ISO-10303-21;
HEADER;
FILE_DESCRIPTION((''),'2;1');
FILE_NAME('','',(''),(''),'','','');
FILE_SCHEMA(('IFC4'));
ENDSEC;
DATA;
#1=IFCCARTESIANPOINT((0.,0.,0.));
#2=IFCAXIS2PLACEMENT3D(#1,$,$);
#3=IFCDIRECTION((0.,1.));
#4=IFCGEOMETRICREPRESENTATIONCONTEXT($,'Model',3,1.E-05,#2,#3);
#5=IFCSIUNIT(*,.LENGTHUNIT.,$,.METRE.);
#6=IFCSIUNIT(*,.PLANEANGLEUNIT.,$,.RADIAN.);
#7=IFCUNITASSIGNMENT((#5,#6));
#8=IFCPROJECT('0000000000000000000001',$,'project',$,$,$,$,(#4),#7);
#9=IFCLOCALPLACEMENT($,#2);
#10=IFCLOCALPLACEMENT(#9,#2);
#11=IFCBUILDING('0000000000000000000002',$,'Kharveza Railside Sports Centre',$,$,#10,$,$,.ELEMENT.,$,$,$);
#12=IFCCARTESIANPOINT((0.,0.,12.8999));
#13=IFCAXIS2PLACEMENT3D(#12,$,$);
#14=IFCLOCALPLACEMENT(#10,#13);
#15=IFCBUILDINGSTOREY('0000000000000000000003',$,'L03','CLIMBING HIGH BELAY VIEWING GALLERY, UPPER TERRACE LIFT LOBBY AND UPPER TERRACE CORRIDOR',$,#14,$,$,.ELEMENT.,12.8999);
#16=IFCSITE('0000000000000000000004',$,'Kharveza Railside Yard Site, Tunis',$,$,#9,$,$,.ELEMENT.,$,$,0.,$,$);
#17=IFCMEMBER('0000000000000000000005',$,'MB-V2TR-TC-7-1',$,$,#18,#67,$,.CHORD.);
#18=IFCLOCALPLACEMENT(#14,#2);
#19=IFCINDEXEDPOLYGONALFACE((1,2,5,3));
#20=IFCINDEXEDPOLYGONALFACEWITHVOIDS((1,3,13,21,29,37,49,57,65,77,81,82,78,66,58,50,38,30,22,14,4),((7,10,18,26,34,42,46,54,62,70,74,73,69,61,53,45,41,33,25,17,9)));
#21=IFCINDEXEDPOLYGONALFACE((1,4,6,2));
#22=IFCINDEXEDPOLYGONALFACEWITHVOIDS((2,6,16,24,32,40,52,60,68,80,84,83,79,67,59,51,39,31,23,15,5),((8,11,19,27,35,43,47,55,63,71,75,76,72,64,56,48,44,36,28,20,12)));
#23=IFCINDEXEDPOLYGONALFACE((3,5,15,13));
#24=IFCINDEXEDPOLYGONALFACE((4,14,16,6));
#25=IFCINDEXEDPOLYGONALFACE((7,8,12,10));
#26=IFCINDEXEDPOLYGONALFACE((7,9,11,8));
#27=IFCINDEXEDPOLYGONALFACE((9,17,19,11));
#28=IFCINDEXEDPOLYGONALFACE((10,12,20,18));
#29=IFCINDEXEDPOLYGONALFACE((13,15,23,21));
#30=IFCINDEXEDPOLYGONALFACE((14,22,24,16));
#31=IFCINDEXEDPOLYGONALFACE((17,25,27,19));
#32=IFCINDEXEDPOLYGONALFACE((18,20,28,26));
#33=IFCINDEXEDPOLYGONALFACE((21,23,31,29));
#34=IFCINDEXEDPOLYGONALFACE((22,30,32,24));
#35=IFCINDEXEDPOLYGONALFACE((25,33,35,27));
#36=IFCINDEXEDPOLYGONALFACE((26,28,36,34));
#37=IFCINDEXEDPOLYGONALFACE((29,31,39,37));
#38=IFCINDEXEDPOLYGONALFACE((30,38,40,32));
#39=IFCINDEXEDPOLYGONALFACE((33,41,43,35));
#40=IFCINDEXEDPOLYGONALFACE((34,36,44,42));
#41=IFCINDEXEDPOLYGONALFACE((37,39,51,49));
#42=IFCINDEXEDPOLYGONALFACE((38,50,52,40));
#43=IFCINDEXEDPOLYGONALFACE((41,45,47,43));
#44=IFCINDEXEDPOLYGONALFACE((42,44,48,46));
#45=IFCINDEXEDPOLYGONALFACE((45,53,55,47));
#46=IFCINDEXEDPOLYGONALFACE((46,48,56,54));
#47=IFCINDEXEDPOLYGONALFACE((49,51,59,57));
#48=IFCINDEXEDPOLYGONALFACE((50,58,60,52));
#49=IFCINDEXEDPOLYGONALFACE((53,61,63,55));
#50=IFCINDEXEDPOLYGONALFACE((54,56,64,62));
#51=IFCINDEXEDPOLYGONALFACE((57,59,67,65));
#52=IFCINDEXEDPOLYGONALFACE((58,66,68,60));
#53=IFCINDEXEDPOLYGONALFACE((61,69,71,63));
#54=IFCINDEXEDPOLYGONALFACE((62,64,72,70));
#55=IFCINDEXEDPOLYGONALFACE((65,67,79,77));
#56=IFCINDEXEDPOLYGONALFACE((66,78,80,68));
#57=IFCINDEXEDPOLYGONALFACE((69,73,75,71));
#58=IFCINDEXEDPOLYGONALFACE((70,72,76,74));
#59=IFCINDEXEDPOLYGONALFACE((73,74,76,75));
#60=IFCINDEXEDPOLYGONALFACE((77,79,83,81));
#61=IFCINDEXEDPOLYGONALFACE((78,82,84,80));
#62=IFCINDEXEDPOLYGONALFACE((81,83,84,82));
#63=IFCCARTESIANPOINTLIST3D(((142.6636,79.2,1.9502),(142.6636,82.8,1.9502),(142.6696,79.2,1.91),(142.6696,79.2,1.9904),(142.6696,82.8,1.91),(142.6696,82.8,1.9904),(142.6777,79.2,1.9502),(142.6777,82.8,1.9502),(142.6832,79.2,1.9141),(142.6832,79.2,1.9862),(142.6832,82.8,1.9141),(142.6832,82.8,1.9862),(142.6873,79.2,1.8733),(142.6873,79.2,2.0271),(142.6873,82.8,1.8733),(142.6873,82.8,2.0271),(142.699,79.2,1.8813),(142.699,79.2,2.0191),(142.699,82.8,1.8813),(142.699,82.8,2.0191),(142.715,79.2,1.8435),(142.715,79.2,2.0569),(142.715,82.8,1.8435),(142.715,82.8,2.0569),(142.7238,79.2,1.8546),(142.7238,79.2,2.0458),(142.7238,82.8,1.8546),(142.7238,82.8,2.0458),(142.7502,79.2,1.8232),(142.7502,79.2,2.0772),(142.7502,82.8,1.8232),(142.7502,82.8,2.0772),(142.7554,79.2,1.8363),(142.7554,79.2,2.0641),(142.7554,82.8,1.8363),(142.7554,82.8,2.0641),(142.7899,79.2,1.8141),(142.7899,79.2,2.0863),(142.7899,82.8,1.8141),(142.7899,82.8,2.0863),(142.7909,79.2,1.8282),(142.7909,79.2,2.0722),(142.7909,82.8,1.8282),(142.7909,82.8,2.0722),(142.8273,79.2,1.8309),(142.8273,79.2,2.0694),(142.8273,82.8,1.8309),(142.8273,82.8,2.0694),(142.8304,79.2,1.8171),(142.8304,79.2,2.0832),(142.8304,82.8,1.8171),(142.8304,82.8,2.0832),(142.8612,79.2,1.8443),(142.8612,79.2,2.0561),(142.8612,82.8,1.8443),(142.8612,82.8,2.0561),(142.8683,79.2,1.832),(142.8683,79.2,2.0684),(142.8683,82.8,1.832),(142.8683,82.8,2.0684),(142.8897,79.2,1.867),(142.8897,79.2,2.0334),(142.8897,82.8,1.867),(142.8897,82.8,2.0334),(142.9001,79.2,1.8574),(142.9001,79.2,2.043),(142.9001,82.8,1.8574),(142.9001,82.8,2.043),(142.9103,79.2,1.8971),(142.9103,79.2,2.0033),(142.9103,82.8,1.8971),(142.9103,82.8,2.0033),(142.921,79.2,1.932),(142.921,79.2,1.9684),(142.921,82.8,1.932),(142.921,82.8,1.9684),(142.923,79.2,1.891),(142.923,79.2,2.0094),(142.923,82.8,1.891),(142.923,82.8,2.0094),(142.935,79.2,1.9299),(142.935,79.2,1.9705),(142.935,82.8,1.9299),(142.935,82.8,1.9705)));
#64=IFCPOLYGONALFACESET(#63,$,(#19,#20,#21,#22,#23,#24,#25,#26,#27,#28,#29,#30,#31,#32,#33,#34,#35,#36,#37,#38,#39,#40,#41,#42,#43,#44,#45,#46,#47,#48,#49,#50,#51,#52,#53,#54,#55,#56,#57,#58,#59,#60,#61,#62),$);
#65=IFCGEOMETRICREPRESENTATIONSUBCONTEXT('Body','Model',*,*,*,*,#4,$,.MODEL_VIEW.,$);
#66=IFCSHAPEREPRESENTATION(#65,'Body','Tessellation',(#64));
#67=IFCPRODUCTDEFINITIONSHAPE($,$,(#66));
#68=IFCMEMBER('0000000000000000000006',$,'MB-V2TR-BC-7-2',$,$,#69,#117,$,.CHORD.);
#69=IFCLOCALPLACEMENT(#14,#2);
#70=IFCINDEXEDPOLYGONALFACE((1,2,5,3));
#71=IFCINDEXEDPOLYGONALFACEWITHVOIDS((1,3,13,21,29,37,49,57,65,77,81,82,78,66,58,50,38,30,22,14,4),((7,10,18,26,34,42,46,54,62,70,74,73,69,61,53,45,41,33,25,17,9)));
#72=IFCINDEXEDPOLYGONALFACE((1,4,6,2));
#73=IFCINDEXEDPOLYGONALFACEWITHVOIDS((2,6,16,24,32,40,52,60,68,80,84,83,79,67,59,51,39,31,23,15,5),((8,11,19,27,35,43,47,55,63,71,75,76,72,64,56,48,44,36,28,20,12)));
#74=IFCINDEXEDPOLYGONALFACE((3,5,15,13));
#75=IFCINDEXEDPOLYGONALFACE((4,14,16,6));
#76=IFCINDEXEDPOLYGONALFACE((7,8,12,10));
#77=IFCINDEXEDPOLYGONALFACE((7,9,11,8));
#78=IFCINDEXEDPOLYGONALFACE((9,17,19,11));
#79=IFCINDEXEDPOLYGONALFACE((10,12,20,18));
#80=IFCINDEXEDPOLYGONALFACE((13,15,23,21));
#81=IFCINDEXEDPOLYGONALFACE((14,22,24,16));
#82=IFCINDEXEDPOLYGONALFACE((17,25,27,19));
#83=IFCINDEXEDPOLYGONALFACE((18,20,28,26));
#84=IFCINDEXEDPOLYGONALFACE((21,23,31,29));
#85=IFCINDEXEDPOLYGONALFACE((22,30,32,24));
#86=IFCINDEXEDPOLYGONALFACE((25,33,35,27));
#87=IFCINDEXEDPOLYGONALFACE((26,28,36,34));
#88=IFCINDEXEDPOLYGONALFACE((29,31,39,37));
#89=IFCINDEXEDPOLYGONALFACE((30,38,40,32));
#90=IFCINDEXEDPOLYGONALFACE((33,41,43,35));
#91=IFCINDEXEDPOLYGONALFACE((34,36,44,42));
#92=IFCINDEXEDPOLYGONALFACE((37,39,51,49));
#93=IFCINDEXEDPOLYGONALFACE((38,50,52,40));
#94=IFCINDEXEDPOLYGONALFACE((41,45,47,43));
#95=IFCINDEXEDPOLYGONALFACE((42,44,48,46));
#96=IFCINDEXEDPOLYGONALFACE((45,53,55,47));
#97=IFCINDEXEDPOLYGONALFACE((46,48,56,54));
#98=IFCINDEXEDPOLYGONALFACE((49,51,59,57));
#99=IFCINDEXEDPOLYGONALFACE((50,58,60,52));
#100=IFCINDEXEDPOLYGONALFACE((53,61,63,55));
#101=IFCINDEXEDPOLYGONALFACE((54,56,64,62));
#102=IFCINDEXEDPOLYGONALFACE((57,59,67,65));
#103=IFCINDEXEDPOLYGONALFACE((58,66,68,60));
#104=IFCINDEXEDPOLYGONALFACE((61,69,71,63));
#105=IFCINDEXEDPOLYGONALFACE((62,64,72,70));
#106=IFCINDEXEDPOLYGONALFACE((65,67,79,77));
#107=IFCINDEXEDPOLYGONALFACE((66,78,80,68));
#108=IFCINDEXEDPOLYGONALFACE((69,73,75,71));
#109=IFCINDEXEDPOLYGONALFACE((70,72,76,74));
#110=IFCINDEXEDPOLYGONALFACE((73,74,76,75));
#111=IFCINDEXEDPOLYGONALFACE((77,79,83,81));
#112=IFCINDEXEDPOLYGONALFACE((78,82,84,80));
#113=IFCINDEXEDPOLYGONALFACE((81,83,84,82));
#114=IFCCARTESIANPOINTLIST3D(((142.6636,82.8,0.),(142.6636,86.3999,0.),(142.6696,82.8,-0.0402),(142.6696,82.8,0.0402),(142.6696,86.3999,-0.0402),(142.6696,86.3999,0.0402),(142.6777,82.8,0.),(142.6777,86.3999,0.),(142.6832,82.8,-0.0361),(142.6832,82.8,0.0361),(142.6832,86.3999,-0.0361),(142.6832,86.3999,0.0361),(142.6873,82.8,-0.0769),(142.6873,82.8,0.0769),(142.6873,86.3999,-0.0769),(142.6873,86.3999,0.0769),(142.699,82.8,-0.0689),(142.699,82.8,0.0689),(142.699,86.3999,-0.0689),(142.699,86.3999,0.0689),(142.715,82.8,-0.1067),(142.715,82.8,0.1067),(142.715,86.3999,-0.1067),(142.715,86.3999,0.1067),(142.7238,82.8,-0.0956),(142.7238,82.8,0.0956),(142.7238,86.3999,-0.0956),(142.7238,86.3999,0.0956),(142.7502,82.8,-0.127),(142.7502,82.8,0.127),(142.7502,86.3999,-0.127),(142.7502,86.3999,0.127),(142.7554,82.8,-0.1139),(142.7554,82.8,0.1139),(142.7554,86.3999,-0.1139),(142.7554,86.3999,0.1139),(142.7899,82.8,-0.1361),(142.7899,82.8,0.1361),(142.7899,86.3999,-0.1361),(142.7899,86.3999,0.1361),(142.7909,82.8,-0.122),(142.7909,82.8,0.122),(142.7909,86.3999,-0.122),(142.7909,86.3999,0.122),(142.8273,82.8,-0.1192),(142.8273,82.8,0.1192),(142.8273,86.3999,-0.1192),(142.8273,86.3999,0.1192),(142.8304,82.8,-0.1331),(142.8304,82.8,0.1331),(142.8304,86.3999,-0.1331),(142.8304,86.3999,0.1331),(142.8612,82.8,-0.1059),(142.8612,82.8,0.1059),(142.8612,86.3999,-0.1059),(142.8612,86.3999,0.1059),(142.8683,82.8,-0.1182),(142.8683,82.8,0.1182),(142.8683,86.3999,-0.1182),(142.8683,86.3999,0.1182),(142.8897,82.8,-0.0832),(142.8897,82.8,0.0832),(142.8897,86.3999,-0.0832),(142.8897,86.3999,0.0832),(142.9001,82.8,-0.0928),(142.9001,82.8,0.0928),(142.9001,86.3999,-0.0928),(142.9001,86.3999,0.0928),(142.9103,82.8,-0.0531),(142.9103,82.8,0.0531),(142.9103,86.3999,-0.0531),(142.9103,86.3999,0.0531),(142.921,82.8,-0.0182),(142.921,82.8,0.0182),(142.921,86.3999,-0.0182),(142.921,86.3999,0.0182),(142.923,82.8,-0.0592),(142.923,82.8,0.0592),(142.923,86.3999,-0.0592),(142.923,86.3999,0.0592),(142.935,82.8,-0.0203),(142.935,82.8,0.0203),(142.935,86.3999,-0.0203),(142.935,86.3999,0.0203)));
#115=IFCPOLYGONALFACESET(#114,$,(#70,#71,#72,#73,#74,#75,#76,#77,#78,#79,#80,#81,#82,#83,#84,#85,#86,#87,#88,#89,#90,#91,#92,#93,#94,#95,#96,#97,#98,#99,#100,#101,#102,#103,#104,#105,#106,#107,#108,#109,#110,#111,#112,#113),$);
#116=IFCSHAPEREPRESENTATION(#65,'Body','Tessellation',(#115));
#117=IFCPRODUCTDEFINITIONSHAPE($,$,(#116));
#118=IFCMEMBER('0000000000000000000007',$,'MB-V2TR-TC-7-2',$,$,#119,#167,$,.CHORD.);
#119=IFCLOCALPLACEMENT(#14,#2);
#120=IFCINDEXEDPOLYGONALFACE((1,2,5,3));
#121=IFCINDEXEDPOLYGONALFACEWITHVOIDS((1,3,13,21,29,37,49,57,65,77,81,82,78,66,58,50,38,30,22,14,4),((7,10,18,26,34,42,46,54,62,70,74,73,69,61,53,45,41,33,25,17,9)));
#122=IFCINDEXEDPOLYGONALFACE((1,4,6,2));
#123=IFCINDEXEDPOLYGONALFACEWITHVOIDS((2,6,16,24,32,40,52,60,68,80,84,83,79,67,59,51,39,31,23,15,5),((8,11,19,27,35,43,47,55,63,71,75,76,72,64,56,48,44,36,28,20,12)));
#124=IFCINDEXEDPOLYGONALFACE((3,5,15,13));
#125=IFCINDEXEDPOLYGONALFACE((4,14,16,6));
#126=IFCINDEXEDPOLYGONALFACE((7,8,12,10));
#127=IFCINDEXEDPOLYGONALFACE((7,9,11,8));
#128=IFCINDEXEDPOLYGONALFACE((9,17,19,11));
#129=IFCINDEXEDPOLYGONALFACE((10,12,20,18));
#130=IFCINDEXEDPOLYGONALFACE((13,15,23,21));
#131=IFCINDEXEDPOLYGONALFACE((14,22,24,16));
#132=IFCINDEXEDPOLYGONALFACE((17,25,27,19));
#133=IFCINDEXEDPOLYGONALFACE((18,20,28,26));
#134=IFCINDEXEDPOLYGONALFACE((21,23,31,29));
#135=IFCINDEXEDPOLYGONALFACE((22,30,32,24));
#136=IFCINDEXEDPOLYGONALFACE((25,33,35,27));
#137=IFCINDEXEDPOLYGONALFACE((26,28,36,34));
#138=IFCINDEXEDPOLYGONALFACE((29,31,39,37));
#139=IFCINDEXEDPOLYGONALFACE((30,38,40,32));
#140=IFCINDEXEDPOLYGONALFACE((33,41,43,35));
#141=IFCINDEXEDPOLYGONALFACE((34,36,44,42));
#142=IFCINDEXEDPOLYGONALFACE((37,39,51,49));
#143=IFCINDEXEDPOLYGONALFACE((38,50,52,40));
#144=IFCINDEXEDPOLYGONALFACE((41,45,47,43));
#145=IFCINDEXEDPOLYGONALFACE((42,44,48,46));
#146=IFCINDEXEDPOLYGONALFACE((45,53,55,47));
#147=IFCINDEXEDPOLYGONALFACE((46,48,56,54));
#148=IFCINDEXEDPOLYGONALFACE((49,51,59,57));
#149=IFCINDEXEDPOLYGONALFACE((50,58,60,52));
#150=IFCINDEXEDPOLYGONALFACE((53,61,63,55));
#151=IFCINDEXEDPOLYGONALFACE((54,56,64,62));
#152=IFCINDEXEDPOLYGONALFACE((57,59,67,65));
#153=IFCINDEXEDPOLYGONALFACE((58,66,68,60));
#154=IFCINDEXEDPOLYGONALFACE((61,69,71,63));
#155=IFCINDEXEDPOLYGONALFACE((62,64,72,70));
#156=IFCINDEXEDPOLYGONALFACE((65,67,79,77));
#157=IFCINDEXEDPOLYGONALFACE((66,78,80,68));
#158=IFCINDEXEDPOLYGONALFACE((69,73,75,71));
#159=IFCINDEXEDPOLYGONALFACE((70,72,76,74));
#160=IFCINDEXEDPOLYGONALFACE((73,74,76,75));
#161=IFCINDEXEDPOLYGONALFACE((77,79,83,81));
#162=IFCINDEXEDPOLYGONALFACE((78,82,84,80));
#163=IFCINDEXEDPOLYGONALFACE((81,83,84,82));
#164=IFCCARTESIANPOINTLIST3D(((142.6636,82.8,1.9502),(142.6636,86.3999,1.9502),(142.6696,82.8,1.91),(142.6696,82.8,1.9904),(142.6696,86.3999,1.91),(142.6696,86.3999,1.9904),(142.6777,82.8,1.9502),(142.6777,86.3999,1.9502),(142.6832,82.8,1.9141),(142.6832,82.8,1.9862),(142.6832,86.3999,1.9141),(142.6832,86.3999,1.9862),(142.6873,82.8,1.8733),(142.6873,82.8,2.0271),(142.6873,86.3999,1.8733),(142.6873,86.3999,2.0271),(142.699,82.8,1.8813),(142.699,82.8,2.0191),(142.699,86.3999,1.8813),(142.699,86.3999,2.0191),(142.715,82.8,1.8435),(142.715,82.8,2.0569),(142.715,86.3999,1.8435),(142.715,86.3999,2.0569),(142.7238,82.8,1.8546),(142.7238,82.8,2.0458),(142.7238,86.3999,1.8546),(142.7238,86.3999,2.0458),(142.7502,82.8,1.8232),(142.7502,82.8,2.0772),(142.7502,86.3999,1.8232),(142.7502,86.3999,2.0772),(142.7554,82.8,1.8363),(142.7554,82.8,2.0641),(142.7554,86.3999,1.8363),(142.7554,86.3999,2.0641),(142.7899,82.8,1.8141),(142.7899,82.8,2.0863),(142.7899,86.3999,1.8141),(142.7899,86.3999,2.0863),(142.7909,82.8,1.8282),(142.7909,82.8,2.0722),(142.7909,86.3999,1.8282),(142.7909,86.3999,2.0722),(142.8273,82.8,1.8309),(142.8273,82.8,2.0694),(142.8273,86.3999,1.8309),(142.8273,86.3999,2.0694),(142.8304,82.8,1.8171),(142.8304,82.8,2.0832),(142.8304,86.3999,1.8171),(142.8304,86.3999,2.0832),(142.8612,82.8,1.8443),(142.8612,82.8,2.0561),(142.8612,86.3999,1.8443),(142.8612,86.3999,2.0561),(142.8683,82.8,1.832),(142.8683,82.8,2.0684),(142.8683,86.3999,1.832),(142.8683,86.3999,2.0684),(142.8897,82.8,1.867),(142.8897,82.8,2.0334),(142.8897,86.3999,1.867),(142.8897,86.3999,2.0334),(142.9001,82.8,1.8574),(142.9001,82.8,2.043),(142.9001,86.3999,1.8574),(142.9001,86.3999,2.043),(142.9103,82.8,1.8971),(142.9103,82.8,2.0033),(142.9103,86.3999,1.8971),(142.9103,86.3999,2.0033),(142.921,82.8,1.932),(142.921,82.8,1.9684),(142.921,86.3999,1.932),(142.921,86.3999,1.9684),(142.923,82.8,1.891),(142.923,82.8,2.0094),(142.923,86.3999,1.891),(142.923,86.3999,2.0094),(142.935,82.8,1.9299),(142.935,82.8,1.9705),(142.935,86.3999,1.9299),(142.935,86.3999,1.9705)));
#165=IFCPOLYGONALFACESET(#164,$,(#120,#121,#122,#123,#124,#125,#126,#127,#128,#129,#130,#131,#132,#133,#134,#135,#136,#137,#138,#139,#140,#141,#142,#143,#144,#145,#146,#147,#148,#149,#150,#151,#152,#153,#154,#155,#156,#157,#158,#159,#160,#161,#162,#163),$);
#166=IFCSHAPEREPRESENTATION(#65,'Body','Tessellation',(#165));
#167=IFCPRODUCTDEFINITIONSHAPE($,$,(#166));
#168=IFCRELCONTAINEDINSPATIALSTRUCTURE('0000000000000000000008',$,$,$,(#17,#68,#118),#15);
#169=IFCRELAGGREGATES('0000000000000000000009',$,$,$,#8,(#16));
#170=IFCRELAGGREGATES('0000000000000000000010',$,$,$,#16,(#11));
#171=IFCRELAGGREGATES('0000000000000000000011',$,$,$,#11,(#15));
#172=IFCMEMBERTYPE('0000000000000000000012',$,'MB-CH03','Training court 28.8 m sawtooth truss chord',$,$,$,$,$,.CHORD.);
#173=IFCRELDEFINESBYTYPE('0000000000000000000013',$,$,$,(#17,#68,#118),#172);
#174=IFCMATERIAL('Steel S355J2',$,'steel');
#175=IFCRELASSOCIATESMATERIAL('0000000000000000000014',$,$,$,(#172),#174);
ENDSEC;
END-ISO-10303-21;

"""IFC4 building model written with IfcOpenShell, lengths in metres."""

from ifc_helpers import new_model, si_unit, direction, frame, origin, origin_2d, place, context, subcontext, project, spatial, hollow_circle, extrude, material, material_profile, profile_set, type_object, element, save


model = new_model("IFC4")

# Units and contexts
model_context = context("Model", 3, precision=1e-05, world=origin(), true_north=direction((0.0, 1.0)))
body_context = subcontext(model_context, "Body", "Model", "MODEL_VIEW")
ifc_project = project(units=[si_unit("LENGTHUNIT", "METRE"), si_unit("PLANEANGLEUNIT", "RADIAN")], contexts=[model_context])

# Site, building, storey
site_placement = place(None, origin())
site = spatial("IfcSite", under=ifc_project, at=site_placement, Name="Kharveza Railside Yard Site, Tunis", CompositionType="ELEMENT", RefElevation=0.0)
building_placement = place(site_placement, origin())
building = spatial("IfcBuilding", under=site, at=building_placement, Name="Kharveza Railside Sports Centre", CompositionType="ELEMENT")
storey_placement = place(building_placement, frame((0.0, 0.0, 12.8999)))
storey = spatial("IfcBuildingStorey", under=building, at=storey_placement, Name="L03", Description="CLIMBING HIGH BELAY VIEWING GALLERY, UPPER TERRACE LIFT LOBBY AND UPPER TERRACE CORRIDOR", CompositionType="ELEMENT", Elevation=12.8999)

# Shared definitions
ifc_material_1 = material(Name="Steel S355J2", Category="steel")

# Members
ifc_material_profile_1 = material_profile(ifc_material_1, hollow_circle(Radius=0.1365, WallThickness=0.0142, at=origin_2d()), Name="CHS 273.0x14.2")
ifc_profile_set_1 = profile_set([ifc_material_profile_1], Name="Steel S355J2")
member_type_1 = type_object("IfcMemberType", Name="MB-CH03", Description="Training court 28.8 m sawtooth truss chord", PredefinedType="CHORD", material=ifc_profile_set_1)
for number, where, z_axis, x_axis, name in (
    (1, (142.8, 79.2, 1.9502), (0.0, 1.0, 0.0), (-1.0, 0.0, 0.0), "MB-V2TR-TC-7-1"),
):
    element("IfcMember", number, at=place(storey_placement, frame(where, z_axis=z_axis, x_axis=x_axis)), inside=storey, type_object=member_type_1, Name=name, PredefinedType="CHORD", context=body_context, shape_type="SweptSolid", body=[
        extrude(hollow_circle(Radius=0.1365, WallThickness=0.0142, at=origin_2d()), origin(), (0.0, 0.0, 1.0), 3.6001),
    ])
for number, where, z_axis, x_axis, name in (
    (2, (142.8, 82.8, 0.0), (0.0, 1.0, 0.0), (-1.0, 0.0, 0.0), "MB-V2TR-BC-7-2"),
    (3, (142.8, 82.8, 1.9502), (0.0, 1.0, 0.0), (-1.0, 0.0, 0.0), "MB-V2TR-TC-7-2"),
):
    element("IfcMember", number, at=place(storey_placement, frame(where, z_axis=z_axis, x_axis=x_axis)), inside=storey, type_object=member_type_1, Name=name, PredefinedType="CHORD", context=body_context, shape_type="SweptSolid", body=[
        extrude(hollow_circle(Radius=0.1365, WallThickness=0.0142, at=origin_2d()), origin(), (0.0, 0.0, 1.0), 3.5999),
    ])

save(model, "model.ifc")
